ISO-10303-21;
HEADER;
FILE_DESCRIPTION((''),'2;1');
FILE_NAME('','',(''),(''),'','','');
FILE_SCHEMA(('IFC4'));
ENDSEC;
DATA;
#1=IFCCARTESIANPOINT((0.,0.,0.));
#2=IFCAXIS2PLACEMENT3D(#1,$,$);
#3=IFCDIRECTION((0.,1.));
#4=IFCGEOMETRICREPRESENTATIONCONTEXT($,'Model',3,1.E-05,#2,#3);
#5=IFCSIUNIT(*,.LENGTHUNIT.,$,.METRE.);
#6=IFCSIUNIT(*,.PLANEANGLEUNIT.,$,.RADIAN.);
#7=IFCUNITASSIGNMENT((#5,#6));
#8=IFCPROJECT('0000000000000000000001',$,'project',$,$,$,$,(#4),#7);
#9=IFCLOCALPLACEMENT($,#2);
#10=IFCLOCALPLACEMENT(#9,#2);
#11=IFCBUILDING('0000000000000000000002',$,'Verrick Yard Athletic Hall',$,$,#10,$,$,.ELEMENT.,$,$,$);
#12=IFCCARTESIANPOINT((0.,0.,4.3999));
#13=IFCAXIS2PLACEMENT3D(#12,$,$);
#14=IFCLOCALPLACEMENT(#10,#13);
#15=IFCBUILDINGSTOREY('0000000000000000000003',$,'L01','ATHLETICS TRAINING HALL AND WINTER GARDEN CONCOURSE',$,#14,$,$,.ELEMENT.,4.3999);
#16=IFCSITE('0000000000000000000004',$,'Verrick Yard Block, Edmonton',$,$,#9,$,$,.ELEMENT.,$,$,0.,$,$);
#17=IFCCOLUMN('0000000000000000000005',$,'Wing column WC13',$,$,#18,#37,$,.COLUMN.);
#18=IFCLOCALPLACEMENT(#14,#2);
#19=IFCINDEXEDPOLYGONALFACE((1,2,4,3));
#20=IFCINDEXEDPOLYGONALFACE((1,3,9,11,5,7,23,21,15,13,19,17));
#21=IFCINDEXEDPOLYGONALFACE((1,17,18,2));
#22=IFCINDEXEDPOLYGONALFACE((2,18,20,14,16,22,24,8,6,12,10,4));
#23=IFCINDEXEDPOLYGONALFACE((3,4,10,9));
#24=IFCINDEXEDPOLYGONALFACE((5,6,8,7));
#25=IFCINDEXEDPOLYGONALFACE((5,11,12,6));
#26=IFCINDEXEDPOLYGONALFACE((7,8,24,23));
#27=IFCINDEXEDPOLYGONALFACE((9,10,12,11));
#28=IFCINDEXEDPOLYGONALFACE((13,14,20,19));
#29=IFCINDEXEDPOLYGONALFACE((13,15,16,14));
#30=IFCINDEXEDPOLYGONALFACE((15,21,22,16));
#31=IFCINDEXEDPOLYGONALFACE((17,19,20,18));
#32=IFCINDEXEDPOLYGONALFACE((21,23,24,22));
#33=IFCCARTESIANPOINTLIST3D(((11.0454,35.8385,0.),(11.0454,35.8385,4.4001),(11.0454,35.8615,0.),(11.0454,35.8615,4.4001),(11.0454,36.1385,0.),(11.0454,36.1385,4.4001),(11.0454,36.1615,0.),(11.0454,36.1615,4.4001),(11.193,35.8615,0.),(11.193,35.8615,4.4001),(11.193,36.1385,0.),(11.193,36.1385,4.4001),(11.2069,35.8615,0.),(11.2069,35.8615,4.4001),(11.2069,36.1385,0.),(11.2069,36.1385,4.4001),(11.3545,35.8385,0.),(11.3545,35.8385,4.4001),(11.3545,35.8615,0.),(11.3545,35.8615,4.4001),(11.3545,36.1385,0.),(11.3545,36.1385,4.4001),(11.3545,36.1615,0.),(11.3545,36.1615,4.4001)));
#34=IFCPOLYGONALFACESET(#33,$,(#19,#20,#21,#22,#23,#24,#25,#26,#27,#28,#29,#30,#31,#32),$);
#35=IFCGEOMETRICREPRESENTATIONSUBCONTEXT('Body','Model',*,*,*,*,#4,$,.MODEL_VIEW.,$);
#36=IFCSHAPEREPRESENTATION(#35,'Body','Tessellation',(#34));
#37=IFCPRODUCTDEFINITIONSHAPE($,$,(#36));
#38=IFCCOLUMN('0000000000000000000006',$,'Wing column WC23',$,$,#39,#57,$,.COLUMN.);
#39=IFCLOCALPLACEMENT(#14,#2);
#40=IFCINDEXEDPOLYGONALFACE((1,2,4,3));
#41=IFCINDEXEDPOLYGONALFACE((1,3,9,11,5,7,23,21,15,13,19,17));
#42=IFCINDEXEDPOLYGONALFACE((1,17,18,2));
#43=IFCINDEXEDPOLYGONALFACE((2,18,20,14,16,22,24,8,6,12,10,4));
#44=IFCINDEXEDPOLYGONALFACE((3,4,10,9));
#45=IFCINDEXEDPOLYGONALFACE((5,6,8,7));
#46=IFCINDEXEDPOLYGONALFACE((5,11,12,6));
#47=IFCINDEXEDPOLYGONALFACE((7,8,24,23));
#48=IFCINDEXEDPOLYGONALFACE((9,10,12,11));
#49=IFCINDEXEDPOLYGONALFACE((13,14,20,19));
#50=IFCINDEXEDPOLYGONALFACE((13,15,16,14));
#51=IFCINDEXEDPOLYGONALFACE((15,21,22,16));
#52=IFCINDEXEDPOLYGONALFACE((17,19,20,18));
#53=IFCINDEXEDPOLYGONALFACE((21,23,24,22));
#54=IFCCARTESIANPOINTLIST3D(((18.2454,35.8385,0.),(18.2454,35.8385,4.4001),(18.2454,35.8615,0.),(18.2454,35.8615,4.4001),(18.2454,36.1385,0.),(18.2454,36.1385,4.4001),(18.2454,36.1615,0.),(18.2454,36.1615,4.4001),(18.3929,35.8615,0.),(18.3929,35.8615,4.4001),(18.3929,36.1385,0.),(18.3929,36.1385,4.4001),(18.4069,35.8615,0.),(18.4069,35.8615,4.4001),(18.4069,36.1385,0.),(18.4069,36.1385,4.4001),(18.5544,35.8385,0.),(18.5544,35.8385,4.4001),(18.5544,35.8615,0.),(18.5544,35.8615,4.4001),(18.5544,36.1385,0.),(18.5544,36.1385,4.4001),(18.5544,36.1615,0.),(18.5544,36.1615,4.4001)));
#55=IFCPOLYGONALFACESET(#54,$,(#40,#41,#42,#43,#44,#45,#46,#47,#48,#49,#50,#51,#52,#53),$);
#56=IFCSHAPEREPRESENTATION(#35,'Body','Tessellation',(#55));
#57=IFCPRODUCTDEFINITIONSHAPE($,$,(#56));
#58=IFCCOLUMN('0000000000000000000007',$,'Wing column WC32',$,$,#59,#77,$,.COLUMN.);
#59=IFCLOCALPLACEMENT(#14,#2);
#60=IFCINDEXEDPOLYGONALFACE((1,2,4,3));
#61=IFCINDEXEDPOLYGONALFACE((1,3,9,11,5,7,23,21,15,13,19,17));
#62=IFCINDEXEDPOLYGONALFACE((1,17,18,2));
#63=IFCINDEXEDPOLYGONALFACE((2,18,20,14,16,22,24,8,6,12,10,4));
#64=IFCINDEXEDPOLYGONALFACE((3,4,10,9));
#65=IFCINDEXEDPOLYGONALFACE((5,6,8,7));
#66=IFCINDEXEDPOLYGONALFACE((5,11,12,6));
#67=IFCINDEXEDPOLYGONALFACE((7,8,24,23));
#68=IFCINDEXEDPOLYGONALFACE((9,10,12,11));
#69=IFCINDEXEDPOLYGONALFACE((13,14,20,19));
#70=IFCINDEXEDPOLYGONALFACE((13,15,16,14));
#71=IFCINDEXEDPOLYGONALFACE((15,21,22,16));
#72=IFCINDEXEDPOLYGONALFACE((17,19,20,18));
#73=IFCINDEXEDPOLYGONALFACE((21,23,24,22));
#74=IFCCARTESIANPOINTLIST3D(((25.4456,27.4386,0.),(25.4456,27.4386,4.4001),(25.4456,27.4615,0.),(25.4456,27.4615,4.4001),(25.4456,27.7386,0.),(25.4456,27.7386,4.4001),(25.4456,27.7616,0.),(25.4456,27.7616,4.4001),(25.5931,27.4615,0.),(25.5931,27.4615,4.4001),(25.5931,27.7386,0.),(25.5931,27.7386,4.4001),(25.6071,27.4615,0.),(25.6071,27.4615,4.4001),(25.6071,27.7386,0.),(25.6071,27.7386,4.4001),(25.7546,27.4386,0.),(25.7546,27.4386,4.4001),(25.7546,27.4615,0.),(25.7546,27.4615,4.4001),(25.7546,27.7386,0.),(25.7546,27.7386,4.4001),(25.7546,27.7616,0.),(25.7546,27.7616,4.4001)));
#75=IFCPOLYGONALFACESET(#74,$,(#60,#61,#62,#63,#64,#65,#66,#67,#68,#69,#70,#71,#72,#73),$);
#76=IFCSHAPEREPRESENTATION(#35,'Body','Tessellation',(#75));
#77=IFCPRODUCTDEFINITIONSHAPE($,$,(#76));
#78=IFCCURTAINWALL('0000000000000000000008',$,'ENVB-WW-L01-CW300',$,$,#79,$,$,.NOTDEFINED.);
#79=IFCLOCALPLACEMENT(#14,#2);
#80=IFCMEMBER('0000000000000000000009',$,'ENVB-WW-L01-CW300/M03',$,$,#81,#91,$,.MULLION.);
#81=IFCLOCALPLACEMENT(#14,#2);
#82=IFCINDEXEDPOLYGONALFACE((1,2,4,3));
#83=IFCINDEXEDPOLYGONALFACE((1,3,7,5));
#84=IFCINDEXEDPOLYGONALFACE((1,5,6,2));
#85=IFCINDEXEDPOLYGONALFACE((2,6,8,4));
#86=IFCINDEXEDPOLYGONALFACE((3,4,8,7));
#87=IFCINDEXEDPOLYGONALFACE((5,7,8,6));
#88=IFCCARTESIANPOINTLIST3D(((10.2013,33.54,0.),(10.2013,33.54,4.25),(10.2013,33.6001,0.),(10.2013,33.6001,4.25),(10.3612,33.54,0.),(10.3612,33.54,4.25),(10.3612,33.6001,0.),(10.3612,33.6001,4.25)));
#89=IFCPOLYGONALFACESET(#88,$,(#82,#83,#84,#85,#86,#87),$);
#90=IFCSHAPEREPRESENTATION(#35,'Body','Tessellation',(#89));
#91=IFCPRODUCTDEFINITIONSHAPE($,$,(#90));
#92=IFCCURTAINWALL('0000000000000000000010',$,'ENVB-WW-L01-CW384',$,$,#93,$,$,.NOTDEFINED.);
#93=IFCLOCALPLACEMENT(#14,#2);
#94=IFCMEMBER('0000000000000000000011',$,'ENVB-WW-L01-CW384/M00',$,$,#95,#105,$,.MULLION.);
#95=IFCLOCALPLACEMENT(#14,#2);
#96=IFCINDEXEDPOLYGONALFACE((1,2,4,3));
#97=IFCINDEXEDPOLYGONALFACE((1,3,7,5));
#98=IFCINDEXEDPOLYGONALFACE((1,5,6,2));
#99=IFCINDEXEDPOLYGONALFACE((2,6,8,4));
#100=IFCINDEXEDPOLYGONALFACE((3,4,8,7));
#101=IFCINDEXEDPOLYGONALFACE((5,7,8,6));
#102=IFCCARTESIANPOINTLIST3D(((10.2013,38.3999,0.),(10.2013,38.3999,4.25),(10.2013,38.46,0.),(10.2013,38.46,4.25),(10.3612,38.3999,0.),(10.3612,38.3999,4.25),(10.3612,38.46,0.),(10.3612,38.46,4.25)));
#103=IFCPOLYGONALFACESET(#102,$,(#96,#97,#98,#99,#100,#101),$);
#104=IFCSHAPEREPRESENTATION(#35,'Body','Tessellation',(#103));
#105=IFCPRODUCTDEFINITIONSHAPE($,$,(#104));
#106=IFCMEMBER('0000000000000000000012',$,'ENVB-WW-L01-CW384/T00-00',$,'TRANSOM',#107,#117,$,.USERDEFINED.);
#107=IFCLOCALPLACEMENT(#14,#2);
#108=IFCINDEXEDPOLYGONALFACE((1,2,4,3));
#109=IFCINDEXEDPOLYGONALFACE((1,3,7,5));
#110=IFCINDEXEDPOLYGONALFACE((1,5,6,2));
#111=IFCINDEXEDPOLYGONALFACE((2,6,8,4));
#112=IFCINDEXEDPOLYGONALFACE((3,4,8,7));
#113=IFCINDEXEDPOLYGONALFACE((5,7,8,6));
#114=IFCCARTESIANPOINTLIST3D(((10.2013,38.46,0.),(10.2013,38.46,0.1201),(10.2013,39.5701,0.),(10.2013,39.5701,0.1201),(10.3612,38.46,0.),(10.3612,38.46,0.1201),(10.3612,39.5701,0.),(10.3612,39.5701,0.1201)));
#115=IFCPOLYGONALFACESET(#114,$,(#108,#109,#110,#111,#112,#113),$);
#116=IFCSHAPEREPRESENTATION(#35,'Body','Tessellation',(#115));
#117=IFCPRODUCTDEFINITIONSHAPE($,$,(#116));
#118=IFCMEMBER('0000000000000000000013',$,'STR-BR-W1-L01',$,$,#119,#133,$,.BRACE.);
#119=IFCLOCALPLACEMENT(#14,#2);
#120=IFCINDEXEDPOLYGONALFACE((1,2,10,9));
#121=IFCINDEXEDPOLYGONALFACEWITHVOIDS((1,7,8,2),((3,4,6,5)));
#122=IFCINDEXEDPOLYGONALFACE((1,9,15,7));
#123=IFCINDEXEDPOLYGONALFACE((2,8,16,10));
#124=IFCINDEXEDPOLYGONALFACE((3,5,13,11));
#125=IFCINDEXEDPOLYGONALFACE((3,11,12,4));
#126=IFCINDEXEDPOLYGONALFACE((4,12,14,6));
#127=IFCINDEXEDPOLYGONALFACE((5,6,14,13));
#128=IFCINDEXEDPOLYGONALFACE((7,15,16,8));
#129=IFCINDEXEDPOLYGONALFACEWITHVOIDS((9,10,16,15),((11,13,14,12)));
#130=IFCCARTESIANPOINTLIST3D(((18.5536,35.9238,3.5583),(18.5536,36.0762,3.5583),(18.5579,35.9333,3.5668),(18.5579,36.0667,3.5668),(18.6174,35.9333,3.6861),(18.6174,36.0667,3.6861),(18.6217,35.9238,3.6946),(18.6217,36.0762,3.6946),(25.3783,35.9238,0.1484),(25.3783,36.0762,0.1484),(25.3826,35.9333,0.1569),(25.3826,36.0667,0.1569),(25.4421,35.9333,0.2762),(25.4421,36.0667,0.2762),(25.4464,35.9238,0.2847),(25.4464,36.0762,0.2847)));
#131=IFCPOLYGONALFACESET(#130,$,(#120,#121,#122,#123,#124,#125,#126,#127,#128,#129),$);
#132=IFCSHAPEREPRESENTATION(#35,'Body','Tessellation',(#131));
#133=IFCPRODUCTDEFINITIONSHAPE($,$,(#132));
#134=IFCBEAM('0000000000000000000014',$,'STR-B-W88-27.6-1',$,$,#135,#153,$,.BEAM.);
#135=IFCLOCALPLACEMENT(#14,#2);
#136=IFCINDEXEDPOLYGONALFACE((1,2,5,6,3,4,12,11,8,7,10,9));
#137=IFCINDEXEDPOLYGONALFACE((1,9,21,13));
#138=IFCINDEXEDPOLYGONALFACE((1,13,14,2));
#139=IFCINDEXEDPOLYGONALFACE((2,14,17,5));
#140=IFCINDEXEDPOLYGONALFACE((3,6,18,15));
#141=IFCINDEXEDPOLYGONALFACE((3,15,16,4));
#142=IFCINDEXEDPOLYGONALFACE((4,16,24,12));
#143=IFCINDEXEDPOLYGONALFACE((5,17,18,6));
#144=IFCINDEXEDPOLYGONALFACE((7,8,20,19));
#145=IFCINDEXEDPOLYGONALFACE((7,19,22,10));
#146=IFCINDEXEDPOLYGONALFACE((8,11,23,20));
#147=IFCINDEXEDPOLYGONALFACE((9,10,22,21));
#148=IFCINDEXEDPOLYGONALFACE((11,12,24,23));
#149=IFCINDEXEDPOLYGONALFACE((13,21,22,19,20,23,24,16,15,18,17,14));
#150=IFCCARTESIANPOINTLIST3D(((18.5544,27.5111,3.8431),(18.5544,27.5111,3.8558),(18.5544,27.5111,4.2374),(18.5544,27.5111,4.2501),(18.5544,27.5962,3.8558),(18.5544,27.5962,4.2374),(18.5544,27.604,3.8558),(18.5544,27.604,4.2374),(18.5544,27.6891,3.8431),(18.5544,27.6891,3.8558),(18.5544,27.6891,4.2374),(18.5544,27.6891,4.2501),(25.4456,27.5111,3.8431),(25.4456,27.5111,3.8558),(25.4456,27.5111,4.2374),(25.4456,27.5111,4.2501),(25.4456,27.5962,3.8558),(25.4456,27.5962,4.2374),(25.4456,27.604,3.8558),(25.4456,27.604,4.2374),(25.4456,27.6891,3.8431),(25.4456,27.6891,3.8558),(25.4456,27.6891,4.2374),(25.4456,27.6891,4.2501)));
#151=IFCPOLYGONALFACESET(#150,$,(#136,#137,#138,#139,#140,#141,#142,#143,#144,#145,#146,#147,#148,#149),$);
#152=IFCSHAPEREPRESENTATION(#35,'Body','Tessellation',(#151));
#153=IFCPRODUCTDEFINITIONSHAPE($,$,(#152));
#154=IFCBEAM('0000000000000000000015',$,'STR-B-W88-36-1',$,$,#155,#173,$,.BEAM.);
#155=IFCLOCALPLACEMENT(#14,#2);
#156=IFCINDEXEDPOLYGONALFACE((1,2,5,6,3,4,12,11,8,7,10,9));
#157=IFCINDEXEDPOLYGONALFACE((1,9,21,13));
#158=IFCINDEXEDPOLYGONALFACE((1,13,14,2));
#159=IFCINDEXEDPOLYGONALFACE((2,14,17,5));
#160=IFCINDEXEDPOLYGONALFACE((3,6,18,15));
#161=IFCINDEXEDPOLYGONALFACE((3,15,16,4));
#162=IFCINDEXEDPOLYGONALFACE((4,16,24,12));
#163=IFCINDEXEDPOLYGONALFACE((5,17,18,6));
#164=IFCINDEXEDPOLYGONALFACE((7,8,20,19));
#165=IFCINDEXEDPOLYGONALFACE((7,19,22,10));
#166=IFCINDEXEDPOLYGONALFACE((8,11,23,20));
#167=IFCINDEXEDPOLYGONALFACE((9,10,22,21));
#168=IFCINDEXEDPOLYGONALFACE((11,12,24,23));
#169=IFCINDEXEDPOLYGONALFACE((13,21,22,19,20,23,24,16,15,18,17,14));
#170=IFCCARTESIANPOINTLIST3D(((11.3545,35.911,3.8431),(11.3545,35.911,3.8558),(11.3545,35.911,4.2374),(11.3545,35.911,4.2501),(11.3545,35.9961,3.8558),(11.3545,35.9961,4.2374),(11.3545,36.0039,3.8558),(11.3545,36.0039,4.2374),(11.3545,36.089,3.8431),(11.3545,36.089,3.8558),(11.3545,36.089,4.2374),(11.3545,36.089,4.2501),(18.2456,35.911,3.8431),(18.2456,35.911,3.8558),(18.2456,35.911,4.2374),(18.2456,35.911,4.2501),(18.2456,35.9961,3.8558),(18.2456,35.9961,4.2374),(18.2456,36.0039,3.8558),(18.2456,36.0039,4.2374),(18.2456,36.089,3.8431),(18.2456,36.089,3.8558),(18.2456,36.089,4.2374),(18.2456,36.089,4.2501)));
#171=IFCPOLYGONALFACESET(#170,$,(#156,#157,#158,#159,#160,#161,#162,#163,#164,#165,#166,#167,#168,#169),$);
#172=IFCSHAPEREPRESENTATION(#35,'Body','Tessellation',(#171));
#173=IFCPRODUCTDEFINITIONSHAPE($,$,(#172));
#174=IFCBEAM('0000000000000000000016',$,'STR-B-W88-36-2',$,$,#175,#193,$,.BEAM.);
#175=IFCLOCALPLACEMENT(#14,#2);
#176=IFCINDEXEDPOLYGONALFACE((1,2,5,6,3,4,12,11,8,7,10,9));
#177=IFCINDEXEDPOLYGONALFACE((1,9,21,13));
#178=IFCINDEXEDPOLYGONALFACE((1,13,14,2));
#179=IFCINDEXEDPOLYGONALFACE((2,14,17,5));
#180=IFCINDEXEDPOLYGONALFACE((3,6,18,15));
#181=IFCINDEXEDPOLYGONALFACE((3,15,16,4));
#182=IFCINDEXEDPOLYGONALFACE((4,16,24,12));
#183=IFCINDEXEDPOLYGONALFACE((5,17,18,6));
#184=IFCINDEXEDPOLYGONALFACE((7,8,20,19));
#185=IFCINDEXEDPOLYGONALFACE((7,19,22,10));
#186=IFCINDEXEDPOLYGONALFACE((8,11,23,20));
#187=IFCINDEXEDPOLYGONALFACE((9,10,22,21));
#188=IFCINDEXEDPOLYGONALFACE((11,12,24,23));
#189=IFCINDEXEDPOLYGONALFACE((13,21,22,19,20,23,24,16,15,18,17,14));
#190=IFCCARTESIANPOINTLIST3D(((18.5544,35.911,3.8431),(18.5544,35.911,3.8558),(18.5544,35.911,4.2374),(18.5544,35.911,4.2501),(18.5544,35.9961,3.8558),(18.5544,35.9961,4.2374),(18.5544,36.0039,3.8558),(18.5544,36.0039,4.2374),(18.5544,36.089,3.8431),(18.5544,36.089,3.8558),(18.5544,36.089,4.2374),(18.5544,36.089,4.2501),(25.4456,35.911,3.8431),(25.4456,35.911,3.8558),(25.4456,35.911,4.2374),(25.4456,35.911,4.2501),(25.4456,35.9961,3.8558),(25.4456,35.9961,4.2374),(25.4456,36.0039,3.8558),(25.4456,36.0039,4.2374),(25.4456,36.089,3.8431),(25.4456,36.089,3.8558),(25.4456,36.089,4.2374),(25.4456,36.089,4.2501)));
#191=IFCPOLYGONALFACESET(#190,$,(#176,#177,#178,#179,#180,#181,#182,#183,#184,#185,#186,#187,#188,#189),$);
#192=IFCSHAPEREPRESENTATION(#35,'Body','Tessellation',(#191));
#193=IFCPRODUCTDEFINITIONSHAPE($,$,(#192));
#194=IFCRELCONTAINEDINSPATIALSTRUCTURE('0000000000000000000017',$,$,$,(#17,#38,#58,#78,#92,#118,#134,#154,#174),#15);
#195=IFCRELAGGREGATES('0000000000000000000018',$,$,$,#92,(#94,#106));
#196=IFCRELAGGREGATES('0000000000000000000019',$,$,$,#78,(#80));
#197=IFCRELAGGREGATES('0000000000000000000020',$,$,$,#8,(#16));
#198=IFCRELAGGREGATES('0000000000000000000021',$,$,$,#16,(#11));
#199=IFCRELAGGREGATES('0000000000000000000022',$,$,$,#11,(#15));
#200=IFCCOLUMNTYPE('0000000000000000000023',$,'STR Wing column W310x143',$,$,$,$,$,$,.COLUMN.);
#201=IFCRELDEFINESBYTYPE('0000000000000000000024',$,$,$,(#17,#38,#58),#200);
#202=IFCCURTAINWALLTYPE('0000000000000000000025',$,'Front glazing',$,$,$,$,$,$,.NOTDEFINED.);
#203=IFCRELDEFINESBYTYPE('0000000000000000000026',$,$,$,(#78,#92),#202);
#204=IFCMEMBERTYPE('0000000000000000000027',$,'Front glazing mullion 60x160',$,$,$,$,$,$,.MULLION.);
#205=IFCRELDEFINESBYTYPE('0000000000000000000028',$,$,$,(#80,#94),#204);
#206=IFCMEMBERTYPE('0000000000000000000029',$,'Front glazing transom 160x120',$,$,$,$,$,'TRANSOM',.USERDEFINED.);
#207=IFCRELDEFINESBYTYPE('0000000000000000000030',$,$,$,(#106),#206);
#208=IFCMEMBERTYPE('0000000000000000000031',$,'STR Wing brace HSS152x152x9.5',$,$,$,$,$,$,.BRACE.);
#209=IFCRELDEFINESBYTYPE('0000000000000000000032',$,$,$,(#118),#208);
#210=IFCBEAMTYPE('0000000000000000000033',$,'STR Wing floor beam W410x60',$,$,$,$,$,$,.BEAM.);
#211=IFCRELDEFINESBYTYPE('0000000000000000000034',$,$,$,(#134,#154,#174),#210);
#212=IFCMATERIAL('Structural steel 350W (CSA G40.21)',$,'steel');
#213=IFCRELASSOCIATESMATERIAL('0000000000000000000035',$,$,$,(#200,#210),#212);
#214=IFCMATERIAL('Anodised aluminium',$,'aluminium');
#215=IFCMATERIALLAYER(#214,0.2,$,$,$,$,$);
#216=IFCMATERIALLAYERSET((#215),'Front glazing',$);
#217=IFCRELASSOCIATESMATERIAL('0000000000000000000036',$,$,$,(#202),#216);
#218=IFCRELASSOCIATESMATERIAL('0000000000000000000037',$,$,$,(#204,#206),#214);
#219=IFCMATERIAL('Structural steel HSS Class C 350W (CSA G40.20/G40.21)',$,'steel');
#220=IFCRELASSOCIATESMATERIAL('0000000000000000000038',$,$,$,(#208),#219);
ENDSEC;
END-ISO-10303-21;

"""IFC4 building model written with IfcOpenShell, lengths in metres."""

from ifc_helpers import new_model, si_unit, direction, frame, origin, origin_2d, place, context, subcontext, project, spatial, rectangle, hollow_rectangle, i_section, extrude, material, layer, layer_set, material_profile, profile_set, type_object, element, aggregate, save


model = new_model("IFC4")

# Units and contexts
model_context = context("Model", 3, precision=1e-05, world=origin(), true_north=direction((0.0, 1.0)))
body_context = subcontext(model_context, "Body", "Model", "MODEL_VIEW")
ifc_project = project(units=[si_unit("LENGTHUNIT", "METRE"), si_unit("PLANEANGLEUNIT", "RADIAN")], contexts=[model_context])

# Site, building, storey
site_placement = place(None, origin())
site = spatial("IfcSite", under=ifc_project, at=site_placement, Name="Verrick Yard Block, Edmonton", CompositionType="ELEMENT", RefElevation=0.0)
building_placement = place(site_placement, origin())
building = spatial("IfcBuilding", under=site, at=building_placement, Name="Verrick Yard Athletic Hall", CompositionType="ELEMENT")
storey_placement = place(building_placement, frame((0.0, 0.0, 4.3999)))
storey = spatial("IfcBuildingStorey", under=building, at=storey_placement, Name="L01", Description="ATHLETICS TRAINING HALL AND WINTER GARDEN CONCOURSE", CompositionType="ELEMENT", Elevation=4.3999)

# Columns
ifc_material_1 = material(Name="Structural steel 350W (CSA G40.21)", Category="steel")
ifc_material_profile_1 = material_profile(ifc_material_1, i_section(OverallWidth=0.3091, OverallDepth=0.323, WebThickness=0.0139, FlangeThickness=0.0229, at=origin_2d()), Name="W310x143")
ifc_profile_set_1 = profile_set([ifc_material_profile_1], Name="Structural steel 350W (CSA G40.21)")
column_type = type_object("IfcColumnType", Name="STR Wing column W310x143", PredefinedType="COLUMN", material=ifc_profile_set_1)
for number, where, z_axis, x_axis, name in (
    (1, (11.2, 36.0, 0.0), (0.0, 0.0, 1.0), (1.0, 0.0, 0.0), "Wing column WC13"),
    (2, (18.3999, 36.0, 0.0), (0.0, 0.0, 1.0), (1.0, 0.0, 0.0), "Wing column WC23"),
    (3, (25.6001, 27.6001, 0.0), (0.0, 0.0, 1.0), (1.0, 0.0, 0.0), "Wing column WC32"),
):
    element("IfcColumn", number, at=place(storey_placement, frame(where, z_axis=z_axis, x_axis=x_axis)), inside=storey, type_object=column_type, Name=name, PredefinedType="COLUMN", context=body_context, shape_type="SweptSolid", body=[
        extrude(i_section(OverallWidth=0.3091, OverallDepth=0.323, WebThickness=0.0139, FlangeThickness=0.0229, at=origin_2d()), origin(), (0.0, 0.0, 1.0), 4.4001),
    ])

# Curtain wall, member
ifc_material_2 = material(Name="Anodised aluminium", Category="aluminium")
ifc_layer_1 = layer(ifc_material_2, 0.2)
ifc_layer_set_1 = layer_set([ifc_layer_1], Name="Front glazing")
curtain_wall_type = type_object("IfcCurtainWallType", Name="Front glazing", PredefinedType="NOTDEFINED", material=ifc_layer_set_1)
curtain_wall_1_placement = place(storey_placement, origin())
curtain_wall_1 = element("IfcCurtainWall", 4, at=curtain_wall_1_placement, inside=storey, type_object=curtain_wall_type, Name="ENVB-WW-L01-CW300", PredefinedType="NOTDEFINED")
ifc_material_profile_2 = material_profile(ifc_material_2, rectangle(XDim=0.1599, YDim=0.0601, at=origin_2d()), Name="CW mullion 60x160")
ifc_profile_set_2 = profile_set([ifc_material_profile_2], Name="Anodised aluminium")
member_type_1 = type_object("IfcMemberType", Name="Front glazing mullion 60x160", PredefinedType="MULLION", material=ifc_profile_set_2)
member_1_placement = place(storey_placement, frame((10.2812, 33.5701, 0.0), z_axis=(0.0, 0.0, 1.0), x_axis=(-1.0, 0.0, 0.0)))
member_1 = element("IfcMember", 5, at=member_1_placement, type_object=member_type_1, Name="ENVB-WW-L01-CW300/M03", PredefinedType="MULLION", context=body_context, shape_type="SweptSolid", body=[
    extrude(rectangle(XDim=0.1599, YDim=0.0601, at=origin_2d()), origin(), (0.0, 0.0, 1.0), 4.25),
])

# Curtain wall, members
curtain_wall_2_placement = place(storey_placement, origin())
curtain_wall_2 = element("IfcCurtainWall", 6, at=curtain_wall_2_placement, inside=storey, type_object=curtain_wall_type, Name="ENVB-WW-L01-CW384", PredefinedType="NOTDEFINED")
member_2_placement = place(storey_placement, frame((10.2812, 38.4299, 0.0), z_axis=(0.0, 0.0, 1.0), x_axis=(-1.0, 0.0, 0.0)))
member_2 = element("IfcMember", 7, at=member_2_placement, type_object=member_type_1, Name="ENVB-WW-L01-CW384/M00", PredefinedType="MULLION", context=body_context, shape_type="SweptSolid", body=[
    extrude(rectangle(XDim=0.1599, YDim=0.0601, at=origin_2d()), origin(), (0.0, 0.0, 1.0), 4.25),
])
ifc_material_profile_3 = material_profile(ifc_material_2, rectangle(XDim=0.1599, YDim=0.1201, at=origin_2d()), Name="CW transom 160x120")
ifc_profile_set_3 = profile_set([ifc_material_profile_3], Name="Anodised aluminium")
member_type_2 = type_object("IfcMemberType", Name="Front glazing transom 160x120", ElementType="TRANSOM", PredefinedType="USERDEFINED", material=ifc_profile_set_3)
member_3_placement = place(storey_placement, frame((10.2812, 38.46, 0.0601), z_axis=(0.0, 1.0, 0.0), x_axis=(-1.0, 0.0, 0.0)))
member_3 = element("IfcMember", 8, at=member_3_placement, type_object=member_type_2, Name="ENVB-WW-L01-CW384/T00-00", ObjectType="TRANSOM", PredefinedType="USERDEFINED", context=body_context, shape_type="SweptSolid", body=[
    extrude(rectangle(XDim=0.1599, YDim=0.1201, at=origin_2d()), origin(), (0.0, 0.0, 1.0), 1.1101),
])
aggregate(curtain_wall_2, [member_2, member_3])

# Member
ifc_material_3 = material(Name="Structural steel HSS Class C 350W (CSA G40.20/G40.21)", Category="steel")
ifc_material_profile_4 = material_profile(ifc_material_3, hollow_rectangle(XDim=0.1523, YDim=0.1523, WallThickness=0.0095, at=origin_2d()), Name="HSS152x152x9.5")
ifc_profile_set_4 = profile_set([ifc_material_profile_4], Name="Structural steel HSS Class C 350W (CSA G40.20/G40.21)")
member_type_3 = type_object("IfcMemberType", Name="STR Wing brace HSS152x152x9.5", PredefinedType="BRACE", material=ifc_profile_set_4)
member_4_placement = place(storey_placement, frame((18.5876, 36.0, 3.6265), z_axis=(0.894555, 0.0, -0.446958), x_axis=(0.0, 1.0, 0.0)))
element("IfcMember", 9, at=member_4_placement, inside=storey, type_object=member_type_3, Name="STR-BR-W1-L01", PredefinedType="BRACE", context=body_context, shape_type="SweptSolid", body=[
    extrude(hollow_rectangle(XDim=0.1523, YDim=0.1523, WallThickness=0.0095, at=origin_2d()), origin(), (0.0, 0.0, 1.0), 7.6292),
])

# Beams
ifc_material_profile_5 = material_profile(ifc_material_1, i_section(OverallWidth=0.178, OverallDepth=0.407, WebThickness=0.0078, FlangeThickness=0.0127, at=origin_2d()), Name="W410x60")
ifc_profile_set_5 = profile_set([ifc_material_profile_5], Name="Structural steel 350W (CSA G40.21)")
beam_type_1 = type_object("IfcBeamType", Name="STR Wing floor beam W410x60", PredefinedType="BEAM", material=ifc_profile_set_5)
for number, where, z_axis, x_axis, name in (
    (10, (18.5544, 27.6001, 4.0466), (1.0, 0.0, 0.0), (0.0, 1.0, 0.0), "STR-B-W88-27.6-1"),
    (11, (11.3545, 36.0, 4.0466), (1.0, 0.0, 0.0), (0.0, 1.0, 0.0), "STR-B-W88-36-1"),
    (12, (18.5544, 36.0, 4.0466), (1.0, 0.0, 0.0), (0.0, 1.0, 0.0), "STR-B-W88-36-2"),
):
    element("IfcBeam", number, at=place(storey_placement, frame(where, z_axis=z_axis, x_axis=x_axis)), inside=storey, type_object=beam_type_1, Name=name, PredefinedType="BEAM", context=body_context, shape_type="SweptSolid", body=[
        extrude(i_section(OverallWidth=0.178, OverallDepth=0.407, WebThickness=0.0078, FlangeThickness=0.0127, at=origin_2d()), origin(), (0.0, 0.0, 1.0), 6.8911),
    ])

aggregate(curtain_wall_1, [member_1])

save(model, "model.ifc")
